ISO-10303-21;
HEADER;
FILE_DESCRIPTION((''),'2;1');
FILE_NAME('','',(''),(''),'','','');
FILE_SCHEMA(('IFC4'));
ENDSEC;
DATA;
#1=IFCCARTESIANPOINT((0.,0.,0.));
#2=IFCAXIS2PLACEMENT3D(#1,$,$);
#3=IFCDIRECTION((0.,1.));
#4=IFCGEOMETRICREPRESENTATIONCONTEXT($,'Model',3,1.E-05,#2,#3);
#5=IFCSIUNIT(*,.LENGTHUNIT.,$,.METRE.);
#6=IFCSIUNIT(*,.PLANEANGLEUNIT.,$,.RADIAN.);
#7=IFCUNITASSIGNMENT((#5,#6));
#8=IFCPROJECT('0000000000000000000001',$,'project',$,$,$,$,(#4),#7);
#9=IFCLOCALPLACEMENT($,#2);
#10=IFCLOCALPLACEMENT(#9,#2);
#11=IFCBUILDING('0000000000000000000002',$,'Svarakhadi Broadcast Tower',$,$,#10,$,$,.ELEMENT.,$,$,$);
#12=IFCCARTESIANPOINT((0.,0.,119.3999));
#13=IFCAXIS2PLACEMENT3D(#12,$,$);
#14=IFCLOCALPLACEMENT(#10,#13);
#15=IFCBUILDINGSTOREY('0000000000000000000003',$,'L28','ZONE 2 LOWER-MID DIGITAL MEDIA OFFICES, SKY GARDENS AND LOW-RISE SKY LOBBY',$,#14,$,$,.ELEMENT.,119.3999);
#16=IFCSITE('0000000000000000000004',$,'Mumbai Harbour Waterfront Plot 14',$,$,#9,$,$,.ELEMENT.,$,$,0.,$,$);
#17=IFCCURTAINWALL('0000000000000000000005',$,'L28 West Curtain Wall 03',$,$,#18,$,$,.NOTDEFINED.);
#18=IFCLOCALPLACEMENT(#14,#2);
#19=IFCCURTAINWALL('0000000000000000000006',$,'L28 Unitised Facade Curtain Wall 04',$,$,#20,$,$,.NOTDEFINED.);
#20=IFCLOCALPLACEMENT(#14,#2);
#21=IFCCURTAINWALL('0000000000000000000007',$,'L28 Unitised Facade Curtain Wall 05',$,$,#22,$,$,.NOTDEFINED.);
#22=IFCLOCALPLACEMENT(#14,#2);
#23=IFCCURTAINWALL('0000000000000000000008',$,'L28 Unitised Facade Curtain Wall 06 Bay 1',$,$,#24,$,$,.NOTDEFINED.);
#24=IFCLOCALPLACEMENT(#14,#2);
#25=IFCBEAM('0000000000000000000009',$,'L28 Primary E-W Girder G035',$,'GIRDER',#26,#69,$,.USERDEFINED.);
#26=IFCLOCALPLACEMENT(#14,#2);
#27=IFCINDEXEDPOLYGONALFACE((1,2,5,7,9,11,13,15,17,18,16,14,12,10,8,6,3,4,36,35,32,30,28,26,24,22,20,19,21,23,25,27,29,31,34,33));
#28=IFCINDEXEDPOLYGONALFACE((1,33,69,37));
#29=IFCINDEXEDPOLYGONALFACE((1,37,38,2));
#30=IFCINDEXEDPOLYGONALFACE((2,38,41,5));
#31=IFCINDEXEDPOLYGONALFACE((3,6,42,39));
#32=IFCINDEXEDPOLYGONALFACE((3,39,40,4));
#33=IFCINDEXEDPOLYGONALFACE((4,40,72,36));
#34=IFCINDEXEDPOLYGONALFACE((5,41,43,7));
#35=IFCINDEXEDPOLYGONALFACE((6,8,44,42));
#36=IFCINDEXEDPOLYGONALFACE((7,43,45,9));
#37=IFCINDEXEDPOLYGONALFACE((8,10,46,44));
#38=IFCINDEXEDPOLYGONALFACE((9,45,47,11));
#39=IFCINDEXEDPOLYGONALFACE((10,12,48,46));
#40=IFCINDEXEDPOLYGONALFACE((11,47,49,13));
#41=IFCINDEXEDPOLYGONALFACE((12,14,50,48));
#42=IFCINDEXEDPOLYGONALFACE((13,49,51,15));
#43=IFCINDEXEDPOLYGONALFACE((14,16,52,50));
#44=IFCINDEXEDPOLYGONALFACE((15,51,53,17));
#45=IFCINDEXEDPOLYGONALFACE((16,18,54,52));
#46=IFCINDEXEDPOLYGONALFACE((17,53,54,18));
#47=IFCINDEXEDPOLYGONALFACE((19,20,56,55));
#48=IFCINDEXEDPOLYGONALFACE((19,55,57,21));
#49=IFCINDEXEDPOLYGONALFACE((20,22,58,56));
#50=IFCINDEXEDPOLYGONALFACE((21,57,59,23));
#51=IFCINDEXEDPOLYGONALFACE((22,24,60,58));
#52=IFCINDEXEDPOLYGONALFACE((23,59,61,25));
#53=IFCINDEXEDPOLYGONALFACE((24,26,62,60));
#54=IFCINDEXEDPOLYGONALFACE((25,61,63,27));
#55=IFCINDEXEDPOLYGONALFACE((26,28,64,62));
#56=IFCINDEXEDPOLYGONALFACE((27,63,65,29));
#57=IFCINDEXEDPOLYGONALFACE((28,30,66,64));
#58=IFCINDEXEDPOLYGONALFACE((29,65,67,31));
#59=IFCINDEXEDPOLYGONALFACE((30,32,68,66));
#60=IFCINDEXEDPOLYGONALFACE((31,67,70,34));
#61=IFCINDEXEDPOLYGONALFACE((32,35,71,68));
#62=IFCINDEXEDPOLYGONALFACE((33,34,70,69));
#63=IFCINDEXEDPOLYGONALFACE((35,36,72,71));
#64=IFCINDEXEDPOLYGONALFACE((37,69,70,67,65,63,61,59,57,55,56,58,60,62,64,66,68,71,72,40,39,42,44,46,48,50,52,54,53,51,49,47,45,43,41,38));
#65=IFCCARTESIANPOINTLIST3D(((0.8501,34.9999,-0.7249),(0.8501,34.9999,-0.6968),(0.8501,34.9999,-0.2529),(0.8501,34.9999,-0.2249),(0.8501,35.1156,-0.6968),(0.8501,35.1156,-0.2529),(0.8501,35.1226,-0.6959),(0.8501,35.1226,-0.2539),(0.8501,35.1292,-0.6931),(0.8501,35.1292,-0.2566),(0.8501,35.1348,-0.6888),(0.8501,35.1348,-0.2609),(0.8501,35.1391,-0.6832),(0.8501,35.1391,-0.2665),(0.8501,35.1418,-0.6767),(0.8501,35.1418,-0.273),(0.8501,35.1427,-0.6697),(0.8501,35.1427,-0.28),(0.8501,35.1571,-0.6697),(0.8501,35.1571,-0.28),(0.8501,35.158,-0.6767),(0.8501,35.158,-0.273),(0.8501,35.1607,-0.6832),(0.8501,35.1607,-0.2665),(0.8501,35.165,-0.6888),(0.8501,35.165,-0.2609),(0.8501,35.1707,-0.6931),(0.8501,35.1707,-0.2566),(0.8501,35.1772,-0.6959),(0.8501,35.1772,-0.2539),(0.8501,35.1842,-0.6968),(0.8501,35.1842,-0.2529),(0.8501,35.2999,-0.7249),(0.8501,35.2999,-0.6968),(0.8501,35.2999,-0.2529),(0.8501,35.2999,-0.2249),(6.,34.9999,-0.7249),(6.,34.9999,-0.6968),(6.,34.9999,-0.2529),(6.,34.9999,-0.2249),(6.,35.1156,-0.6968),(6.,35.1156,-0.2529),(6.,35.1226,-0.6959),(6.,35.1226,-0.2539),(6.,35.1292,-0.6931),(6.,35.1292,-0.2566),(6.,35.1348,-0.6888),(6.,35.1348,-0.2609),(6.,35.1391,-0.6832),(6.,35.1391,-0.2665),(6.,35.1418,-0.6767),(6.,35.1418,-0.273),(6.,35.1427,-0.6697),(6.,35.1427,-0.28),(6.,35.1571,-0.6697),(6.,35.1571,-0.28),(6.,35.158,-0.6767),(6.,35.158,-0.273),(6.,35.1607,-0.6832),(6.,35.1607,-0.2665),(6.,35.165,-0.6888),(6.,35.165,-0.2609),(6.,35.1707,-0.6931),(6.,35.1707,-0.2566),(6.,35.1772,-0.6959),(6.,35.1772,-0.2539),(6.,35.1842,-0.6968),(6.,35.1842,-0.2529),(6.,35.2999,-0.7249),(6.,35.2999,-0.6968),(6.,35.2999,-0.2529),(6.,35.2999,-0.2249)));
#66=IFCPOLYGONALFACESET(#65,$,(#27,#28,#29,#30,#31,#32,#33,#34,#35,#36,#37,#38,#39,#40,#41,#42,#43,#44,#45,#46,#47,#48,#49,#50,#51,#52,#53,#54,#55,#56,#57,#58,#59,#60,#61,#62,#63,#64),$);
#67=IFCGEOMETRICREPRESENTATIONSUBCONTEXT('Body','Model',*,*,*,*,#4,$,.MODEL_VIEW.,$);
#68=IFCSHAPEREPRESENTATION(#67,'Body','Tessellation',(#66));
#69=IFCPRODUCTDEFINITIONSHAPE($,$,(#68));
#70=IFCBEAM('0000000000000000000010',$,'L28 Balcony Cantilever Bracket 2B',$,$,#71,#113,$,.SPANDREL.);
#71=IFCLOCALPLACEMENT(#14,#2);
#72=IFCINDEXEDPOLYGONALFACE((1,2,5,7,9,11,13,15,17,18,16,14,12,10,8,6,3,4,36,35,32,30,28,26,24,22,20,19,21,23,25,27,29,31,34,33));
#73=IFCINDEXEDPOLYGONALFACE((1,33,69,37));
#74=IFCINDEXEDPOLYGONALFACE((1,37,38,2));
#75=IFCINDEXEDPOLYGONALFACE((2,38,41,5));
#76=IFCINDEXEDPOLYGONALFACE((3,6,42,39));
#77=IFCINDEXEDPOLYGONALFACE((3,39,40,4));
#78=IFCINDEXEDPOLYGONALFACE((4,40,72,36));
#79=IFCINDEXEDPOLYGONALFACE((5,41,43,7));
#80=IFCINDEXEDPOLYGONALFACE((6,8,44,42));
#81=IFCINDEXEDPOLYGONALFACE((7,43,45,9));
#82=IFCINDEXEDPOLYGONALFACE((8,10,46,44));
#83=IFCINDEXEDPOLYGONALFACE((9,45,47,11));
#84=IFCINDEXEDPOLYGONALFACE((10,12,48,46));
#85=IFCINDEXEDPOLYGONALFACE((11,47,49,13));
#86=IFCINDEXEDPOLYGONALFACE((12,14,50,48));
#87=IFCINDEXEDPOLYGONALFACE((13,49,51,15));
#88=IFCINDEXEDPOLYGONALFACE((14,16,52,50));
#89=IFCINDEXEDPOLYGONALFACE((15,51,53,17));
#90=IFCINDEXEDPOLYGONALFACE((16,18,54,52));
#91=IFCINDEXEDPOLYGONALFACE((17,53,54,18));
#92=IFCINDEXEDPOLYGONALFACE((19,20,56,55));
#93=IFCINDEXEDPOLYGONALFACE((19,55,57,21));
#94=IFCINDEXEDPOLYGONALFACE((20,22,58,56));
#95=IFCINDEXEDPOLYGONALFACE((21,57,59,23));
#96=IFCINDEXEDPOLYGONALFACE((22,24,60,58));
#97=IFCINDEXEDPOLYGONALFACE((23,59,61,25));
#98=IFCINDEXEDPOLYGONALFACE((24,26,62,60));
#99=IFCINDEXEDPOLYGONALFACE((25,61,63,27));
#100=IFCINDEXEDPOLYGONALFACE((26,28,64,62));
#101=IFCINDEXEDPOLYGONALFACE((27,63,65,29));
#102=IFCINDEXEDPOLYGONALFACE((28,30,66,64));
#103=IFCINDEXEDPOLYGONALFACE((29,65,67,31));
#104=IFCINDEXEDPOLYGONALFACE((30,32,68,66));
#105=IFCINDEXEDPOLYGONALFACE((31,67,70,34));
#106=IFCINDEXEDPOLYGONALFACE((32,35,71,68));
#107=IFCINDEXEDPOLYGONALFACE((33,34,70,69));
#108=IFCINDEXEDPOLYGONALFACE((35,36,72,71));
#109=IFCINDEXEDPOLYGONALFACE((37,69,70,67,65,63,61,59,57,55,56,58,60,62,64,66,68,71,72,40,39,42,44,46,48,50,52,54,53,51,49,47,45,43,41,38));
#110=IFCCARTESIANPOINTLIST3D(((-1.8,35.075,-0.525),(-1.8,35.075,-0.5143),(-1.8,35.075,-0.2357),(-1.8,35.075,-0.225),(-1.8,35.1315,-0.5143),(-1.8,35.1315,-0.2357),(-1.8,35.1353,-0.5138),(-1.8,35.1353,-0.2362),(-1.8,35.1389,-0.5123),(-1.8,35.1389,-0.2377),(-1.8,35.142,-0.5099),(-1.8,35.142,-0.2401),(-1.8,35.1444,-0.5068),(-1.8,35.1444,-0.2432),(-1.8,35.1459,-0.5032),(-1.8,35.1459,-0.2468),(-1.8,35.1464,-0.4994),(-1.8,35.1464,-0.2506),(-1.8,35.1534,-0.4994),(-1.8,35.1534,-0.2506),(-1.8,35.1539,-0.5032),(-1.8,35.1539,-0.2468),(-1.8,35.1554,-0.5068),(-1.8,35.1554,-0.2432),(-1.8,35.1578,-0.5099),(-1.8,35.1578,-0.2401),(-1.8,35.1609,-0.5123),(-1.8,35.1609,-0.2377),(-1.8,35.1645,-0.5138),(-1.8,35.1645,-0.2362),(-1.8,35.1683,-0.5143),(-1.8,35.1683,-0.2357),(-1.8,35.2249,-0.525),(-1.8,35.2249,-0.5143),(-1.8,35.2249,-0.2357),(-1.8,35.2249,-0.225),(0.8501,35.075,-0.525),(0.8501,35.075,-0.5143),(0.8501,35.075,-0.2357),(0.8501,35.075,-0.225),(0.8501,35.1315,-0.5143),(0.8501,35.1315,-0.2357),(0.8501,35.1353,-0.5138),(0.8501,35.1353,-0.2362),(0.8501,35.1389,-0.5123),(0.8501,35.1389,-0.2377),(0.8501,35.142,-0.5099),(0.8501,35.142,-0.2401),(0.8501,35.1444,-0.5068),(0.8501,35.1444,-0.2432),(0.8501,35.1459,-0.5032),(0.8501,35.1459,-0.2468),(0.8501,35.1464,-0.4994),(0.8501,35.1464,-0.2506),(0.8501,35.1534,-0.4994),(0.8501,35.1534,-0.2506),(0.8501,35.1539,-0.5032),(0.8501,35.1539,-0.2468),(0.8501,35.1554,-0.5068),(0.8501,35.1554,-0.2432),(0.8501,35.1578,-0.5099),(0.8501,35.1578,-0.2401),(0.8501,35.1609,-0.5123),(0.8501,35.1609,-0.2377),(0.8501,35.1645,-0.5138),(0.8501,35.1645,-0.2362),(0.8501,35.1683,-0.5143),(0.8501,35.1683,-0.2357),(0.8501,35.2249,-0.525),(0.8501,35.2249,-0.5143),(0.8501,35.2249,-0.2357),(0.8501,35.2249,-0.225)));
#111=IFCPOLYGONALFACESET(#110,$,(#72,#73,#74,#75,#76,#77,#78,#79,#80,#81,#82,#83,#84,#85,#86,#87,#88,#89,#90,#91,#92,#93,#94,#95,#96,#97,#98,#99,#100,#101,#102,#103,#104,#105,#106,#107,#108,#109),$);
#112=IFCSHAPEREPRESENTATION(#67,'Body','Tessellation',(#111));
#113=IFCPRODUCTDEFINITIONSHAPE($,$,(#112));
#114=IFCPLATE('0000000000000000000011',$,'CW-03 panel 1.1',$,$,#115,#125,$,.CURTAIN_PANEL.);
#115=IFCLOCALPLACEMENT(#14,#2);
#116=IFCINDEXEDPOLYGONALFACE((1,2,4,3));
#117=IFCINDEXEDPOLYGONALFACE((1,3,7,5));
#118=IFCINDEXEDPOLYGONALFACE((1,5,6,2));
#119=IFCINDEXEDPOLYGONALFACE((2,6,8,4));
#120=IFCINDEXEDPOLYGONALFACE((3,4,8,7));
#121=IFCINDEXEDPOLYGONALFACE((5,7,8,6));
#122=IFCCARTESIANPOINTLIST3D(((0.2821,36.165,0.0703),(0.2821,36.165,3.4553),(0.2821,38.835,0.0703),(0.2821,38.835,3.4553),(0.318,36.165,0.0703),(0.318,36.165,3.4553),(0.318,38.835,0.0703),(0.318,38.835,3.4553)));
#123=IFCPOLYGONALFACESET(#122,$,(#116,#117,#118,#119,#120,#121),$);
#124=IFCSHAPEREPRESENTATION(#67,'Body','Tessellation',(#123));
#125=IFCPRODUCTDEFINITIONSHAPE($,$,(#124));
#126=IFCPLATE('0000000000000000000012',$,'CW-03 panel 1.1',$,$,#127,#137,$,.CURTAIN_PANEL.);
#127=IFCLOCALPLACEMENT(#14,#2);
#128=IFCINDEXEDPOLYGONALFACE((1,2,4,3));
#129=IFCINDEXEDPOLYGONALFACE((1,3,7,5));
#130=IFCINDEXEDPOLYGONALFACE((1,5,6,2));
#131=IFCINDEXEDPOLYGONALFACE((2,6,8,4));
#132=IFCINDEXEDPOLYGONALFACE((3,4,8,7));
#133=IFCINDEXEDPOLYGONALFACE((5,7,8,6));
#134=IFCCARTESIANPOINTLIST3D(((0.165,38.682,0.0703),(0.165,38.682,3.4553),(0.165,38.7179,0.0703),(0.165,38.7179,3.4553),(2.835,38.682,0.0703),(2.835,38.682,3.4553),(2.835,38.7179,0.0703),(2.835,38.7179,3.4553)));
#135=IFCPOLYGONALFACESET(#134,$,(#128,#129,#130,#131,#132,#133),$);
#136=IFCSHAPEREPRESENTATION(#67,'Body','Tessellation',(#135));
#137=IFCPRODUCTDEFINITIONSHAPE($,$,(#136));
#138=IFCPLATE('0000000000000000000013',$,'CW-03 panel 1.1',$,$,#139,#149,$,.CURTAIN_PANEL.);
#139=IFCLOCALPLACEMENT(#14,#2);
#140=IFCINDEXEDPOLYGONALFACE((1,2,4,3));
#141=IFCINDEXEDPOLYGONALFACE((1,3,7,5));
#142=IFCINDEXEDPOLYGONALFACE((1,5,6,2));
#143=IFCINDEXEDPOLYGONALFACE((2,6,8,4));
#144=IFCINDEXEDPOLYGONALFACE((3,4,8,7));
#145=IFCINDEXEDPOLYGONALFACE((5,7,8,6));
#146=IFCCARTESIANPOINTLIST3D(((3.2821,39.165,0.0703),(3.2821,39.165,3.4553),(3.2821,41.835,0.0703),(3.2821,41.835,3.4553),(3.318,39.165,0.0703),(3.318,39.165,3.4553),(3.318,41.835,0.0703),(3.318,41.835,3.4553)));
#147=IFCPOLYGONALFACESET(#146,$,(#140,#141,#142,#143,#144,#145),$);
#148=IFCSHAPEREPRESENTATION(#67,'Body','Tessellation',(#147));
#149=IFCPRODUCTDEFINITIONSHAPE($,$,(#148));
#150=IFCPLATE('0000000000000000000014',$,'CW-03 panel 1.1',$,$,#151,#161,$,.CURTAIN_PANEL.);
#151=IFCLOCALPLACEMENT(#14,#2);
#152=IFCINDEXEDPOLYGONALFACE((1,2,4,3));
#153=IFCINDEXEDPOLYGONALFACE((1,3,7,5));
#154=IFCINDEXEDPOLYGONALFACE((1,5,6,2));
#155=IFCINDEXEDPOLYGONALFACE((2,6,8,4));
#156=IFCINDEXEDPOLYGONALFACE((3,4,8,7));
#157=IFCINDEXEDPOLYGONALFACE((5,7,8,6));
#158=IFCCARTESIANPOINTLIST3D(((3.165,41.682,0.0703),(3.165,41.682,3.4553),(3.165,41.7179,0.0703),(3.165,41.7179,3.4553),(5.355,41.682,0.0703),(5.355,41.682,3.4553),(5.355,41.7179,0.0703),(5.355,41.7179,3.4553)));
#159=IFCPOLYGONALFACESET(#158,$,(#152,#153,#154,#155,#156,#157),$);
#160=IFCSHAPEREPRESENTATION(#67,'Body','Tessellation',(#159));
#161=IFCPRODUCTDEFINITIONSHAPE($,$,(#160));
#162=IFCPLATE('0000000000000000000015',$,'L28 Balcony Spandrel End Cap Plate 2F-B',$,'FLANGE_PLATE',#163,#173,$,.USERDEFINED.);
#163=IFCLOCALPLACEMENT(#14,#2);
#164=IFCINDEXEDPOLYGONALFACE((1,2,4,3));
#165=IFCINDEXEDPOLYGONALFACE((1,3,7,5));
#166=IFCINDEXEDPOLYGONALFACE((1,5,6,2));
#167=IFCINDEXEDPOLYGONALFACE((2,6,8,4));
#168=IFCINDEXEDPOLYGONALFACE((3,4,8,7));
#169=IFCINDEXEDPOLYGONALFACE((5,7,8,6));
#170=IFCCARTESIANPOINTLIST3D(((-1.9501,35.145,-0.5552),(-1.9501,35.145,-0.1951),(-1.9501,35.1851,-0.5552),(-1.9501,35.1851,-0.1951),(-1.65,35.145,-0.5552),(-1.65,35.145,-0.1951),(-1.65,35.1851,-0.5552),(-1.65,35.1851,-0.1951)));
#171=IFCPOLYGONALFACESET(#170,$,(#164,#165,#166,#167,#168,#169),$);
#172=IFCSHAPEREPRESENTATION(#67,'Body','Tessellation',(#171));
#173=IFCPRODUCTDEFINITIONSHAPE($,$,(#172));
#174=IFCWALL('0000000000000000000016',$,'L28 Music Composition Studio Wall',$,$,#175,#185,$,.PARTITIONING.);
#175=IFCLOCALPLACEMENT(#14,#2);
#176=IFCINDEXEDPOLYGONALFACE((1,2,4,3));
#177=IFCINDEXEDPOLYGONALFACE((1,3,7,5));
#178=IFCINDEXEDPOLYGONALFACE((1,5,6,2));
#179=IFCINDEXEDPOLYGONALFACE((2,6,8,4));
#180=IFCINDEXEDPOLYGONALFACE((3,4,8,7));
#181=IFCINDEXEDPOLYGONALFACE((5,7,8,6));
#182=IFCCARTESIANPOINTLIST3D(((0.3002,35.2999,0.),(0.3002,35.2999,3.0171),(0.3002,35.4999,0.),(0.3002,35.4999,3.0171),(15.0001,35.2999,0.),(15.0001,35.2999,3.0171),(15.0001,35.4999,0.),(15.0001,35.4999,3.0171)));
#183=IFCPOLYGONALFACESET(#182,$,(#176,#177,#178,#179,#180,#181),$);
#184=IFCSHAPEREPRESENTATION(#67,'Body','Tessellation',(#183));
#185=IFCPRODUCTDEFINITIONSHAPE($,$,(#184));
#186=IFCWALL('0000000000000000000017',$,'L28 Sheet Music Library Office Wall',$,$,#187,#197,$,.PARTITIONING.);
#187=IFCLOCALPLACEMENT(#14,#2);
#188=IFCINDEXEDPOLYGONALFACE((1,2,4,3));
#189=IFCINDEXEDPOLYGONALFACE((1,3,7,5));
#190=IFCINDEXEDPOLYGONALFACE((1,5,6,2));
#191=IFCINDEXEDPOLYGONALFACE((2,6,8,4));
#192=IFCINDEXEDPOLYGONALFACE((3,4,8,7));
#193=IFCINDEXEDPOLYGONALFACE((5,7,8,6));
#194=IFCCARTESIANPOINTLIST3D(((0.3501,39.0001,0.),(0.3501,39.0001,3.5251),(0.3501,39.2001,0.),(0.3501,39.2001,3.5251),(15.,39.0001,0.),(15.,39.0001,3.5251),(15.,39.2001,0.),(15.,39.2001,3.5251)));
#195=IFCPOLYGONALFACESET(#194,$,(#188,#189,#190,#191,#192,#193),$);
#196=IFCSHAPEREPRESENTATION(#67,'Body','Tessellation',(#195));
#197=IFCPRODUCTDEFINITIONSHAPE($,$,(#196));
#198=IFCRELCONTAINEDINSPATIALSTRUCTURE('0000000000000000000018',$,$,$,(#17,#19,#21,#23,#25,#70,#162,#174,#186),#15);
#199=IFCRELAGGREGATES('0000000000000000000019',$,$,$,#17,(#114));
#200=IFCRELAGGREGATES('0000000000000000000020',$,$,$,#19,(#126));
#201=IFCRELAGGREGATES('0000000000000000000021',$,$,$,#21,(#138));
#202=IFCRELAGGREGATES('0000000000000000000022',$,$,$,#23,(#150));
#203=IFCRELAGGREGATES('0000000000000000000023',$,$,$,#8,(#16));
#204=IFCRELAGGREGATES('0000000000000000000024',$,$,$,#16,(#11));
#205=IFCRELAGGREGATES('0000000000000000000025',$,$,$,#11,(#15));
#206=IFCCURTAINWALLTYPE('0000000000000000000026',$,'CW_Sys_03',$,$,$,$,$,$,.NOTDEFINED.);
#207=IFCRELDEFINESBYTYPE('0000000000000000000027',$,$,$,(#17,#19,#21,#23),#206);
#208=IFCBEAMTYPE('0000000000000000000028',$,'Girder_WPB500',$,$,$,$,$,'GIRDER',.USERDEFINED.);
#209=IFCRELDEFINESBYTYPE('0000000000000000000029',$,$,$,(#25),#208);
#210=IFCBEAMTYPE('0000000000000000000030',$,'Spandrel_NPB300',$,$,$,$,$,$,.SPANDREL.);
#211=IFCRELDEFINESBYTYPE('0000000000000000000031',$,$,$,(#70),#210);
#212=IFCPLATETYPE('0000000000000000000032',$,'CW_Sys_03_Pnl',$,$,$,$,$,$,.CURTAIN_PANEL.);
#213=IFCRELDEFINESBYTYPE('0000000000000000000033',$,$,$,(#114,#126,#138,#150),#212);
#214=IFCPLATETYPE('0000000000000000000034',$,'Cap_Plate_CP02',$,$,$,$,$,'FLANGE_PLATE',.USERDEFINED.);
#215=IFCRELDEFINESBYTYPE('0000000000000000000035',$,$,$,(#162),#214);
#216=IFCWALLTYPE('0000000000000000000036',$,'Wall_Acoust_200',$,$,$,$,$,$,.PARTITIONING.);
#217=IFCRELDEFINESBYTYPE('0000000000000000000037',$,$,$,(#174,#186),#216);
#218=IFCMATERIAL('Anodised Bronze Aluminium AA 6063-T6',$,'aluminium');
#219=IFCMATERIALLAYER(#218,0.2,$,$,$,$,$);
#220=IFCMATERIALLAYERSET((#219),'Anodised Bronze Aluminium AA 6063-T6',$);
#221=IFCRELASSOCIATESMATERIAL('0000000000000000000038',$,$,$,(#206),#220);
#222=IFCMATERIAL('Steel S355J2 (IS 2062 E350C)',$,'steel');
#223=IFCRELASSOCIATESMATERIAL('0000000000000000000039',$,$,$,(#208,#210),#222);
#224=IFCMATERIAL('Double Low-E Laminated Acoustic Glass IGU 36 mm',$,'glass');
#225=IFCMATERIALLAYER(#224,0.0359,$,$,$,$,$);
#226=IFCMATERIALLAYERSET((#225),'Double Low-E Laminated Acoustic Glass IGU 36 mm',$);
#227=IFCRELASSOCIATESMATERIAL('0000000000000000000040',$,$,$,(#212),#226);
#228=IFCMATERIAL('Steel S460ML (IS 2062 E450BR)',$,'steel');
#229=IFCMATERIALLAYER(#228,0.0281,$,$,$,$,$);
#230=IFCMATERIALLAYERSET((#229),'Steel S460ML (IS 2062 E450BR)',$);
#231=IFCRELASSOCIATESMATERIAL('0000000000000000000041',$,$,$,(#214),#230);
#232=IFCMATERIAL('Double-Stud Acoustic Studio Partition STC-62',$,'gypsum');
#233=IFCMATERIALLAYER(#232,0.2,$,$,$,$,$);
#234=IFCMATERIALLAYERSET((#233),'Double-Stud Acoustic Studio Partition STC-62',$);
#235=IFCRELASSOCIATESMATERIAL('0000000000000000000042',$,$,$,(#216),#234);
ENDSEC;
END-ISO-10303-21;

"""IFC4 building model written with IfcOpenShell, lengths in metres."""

from ifc_helpers import new_model, si_unit, direction, frame, frame_2d, origin, origin_2d, place, context, subcontext, project, spatial, rectangle, i_section, extrude, material, layer, layer_set, material_profile, profile_set, type_object, element, aggregate, save


model = new_model("IFC4")

# Units and contexts
model_context = context("Model", 3, precision=1e-05, world=origin(), true_north=direction((0.0, 1.0)))
body_context = subcontext(model_context, "Body", "Model", "MODEL_VIEW")
ifc_project = project(units=[si_unit("LENGTHUNIT", "METRE"), si_unit("PLANEANGLEUNIT", "RADIAN")], contexts=[model_context])

# Site, building, storey
site_placement = place(None, origin())
site = spatial("IfcSite", under=ifc_project, at=site_placement, Name="Mumbai Harbour Waterfront Plot 14", CompositionType="ELEMENT", RefElevation=0.0)
building_placement = place(site_placement, origin())
building = spatial("IfcBuilding", under=site, at=building_placement, Name="Svarakhadi Broadcast Tower", CompositionType="ELEMENT")
storey_placement = place(building_placement, frame((0.0, 0.0, 119.3999)))
storey = spatial("IfcBuildingStorey", under=building, at=storey_placement, Name="L28", Description="ZONE 2 LOWER-MID DIGITAL MEDIA OFFICES, SKY GARDENS AND LOW-RISE SKY LOBBY", CompositionType="ELEMENT", Elevation=119.3999)

# Shared definitions
ifc_material_1 = material(Name="Steel S355J2 (IS 2062 E350C)", Category="steel")

# Curtain walls
ifc_material_2 = material(Name="Anodised Bronze Aluminium AA 6063-T6", Category="aluminium")
ifc_layer_1 = layer(ifc_material_2, 0.2)
ifc_layer_set_1 = layer_set([ifc_layer_1], Name="Anodised Bronze Aluminium AA 6063-T6")
curtain_wall_type = type_object("IfcCurtainWallType", Name="CW_Sys_03", PredefinedType="NOTDEFINED", material=ifc_layer_set_1)
curtain_wall_1_placement = place(storey_placement, origin())
curtain_wall_1 = element("IfcCurtainWall", 1, at=curtain_wall_1_placement, inside=storey, type_object=curtain_wall_type, Name="L28 West Curtain Wall 03", PredefinedType="NOTDEFINED")
curtain_wall_2_placement = place(storey_placement, origin())
curtain_wall_2 = element("IfcCurtainWall", 2, at=curtain_wall_2_placement, inside=storey, type_object=curtain_wall_type, Name="L28 Unitised Facade Curtain Wall 04", PredefinedType="NOTDEFINED")
curtain_wall_3_placement = place(storey_placement, origin())
curtain_wall_3 = element("IfcCurtainWall", 3, at=curtain_wall_3_placement, inside=storey, type_object=curtain_wall_type, Name="L28 Unitised Facade Curtain Wall 05", PredefinedType="NOTDEFINED")
curtain_wall_4_placement = place(storey_placement, origin())
curtain_wall_4 = element("IfcCurtainWall", 4, at=curtain_wall_4_placement, inside=storey, type_object=curtain_wall_type, Name="L28 Unitised Facade Curtain Wall 06 Bay 1", PredefinedType="NOTDEFINED")

# Beams
ifc_material_profile_1 = material_profile(ifc_material_1, i_section(OverallWidth=0.3, OverallDepth=0.5, WebThickness=0.0144, FlangeThickness=0.0281, FilletRadius=0.0271, at=origin_2d()), Name="WPB 500x300x187")
ifc_profile_set_1 = profile_set([ifc_material_profile_1], Name="Steel S355J2 (IS 2062 E350C)")
beam_type_1 = type_object("IfcBeamType", Name="Girder_WPB500", ElementType="GIRDER", PredefinedType="USERDEFINED", material=ifc_profile_set_1)
beam_1_placement = place(storey_placement, frame((0.8501, 35.1499, -0.4749), z_axis=(1.0, 0.0, 0.0), x_axis=(0.0, 1.0, 0.0)))
element("IfcBeam", 5, at=beam_1_placement, inside=storey, type_object=beam_type_1, Name="L28 Primary E-W Girder G035", ObjectType="GIRDER", PredefinedType="USERDEFINED", context=body_context, shape_type="SweptSolid", body=[
    extrude(i_section(OverallWidth=0.3, OverallDepth=0.5, WebThickness=0.0144, FlangeThickness=0.0281, FilletRadius=0.0271, at=origin_2d()), origin(), (0.0, 0.0, 1.0), 5.1499),
])
ifc_material_profile_2 = material_profile(ifc_material_1, i_section(OverallWidth=0.1499, OverallDepth=0.3, WebThickness=0.0071, FlangeThickness=0.0107, FilletRadius=0.0149, at=origin_2d()), Name="NPB 300x150x37")
ifc_profile_set_2 = profile_set([ifc_material_profile_2], Name="Steel S355J2 (IS 2062 E350C)")
beam_type_2 = type_object("IfcBeamType", Name="Spandrel_NPB300", PredefinedType="SPANDREL", material=ifc_profile_set_2)
beam_2_placement = place(storey_placement, frame((0.8501, 35.1499, -0.375), z_axis=(-1.0, 0.0, 0.0), x_axis=(0.0, -1.0, 0.0)))
element("IfcBeam", 6, at=beam_2_placement, inside=storey, type_object=beam_type_2, Name="L28 Balcony Cantilever Bracket 2B", PredefinedType="SPANDREL", context=body_context, shape_type="SweptSolid", body=[
    extrude(i_section(OverallWidth=0.1499, OverallDepth=0.3, WebThickness=0.0071, FlangeThickness=0.0107, FilletRadius=0.0149, at=origin_2d()), origin(), (0.0, 0.0, 1.0), 2.6501),
])

# Plates
ifc_material_3 = material(Name="Double Low-E Laminated Acoustic Glass IGU 36 mm", Category="glass")
ifc_layer_2 = layer(ifc_material_3, 0.0359)
ifc_layer_set_2 = layer_set([ifc_layer_2], Name="Double Low-E Laminated Acoustic Glass IGU 36 mm")
plate_type_1 = type_object("IfcPlateType", Name="CW_Sys_03_Pnl", PredefinedType="CURTAIN_PANEL", material=ifc_layer_set_2)
plate_1_placement = place(storey_placement, frame((0.3, 37.5, 0.0703), z_axis=(0.0, 0.0, 1.0), x_axis=(0.0, 1.0, 0.0)))
plate_1 = element("IfcPlate", 7, at=plate_1_placement, type_object=plate_type_1, Name="CW-03 panel 1.1", PredefinedType="CURTAIN_PANEL", context=body_context, shape_type="SweptSolid", body=[
    extrude(rectangle(XDim=2.6699, YDim=0.0359, at=origin_2d()), origin(), (0.0, 0.0, 1.0), 3.385),
])
aggregate(curtain_wall_1, [plate_1])
plate_2_placement = place(storey_placement, frame((1.5, 38.7, 0.0703), z_axis=(0.0, 0.0, 1.0), x_axis=(1.0, 0.0, 0.0)))
plate_2 = element("IfcPlate", 8, at=plate_2_placement, type_object=plate_type_1, Name="CW-03 panel 1.1", PredefinedType="CURTAIN_PANEL", context=body_context, shape_type="SweptSolid", body=[
    extrude(rectangle(XDim=2.6699, YDim=0.0359, at=origin_2d()), origin(), (0.0, 0.0, 1.0), 3.385),
])
aggregate(curtain_wall_2, [plate_2])
plate_3_placement = place(storey_placement, frame((3.3, 40.5, 0.0703), z_axis=(0.0, 0.0, 1.0), x_axis=(0.0, 1.0, 0.0)))
plate_3 = element("IfcPlate", 9, at=plate_3_placement, type_object=plate_type_1, Name="CW-03 panel 1.1", PredefinedType="CURTAIN_PANEL", context=body_context, shape_type="SweptSolid", body=[
    extrude(rectangle(XDim=2.6699, YDim=0.0359, at=origin_2d()), origin(), (0.0, 0.0, 1.0), 3.385),
])
aggregate(curtain_wall_3, [plate_3])
plate_4_placement = place(storey_placement, frame((4.26, 41.7, 0.0703), z_axis=(0.0, 0.0, 1.0), x_axis=(1.0, 0.0, 0.0)))
plate_4 = element("IfcPlate", 10, at=plate_4_placement, type_object=plate_type_1, Name="CW-03 panel 1.1", PredefinedType="CURTAIN_PANEL", context=body_context, shape_type="SweptSolid", body=[
    extrude(rectangle(XDim=2.1899, YDim=0.0359, at=origin_2d()), origin(), (0.0, 0.0, 1.0), 3.385),
])
aggregate(curtain_wall_4, [plate_4])
ifc_material_4 = material(Name="Steel S460ML (IS 2062 E450BR)", Category="steel")
ifc_layer_3 = layer(ifc_material_4, 0.0281)
ifc_layer_set_3 = layer_set([ifc_layer_3], Name="Steel S460ML (IS 2062 E450BR)")
plate_type_2 = type_object("IfcPlateType", Name="Cap_Plate_CP02", ElementType="FLANGE_PLATE", PredefinedType="USERDEFINED", material=ifc_layer_set_3)
plate_5_placement = place(storey_placement, frame((-1.8, 35.165, -0.5552), z_axis=(0.0, 0.0, 1.0), x_axis=(1.0, 0.0, 0.0)))
element("IfcPlate", 11, at=plate_5_placement, inside=storey, type_object=plate_type_2, Name="L28 Balcony Spandrel End Cap Plate 2F-B", ObjectType="FLANGE_PLATE", PredefinedType="USERDEFINED", context=body_context, shape_type="SweptSolid", body=[
    extrude(rectangle(XDim=0.3, YDim=0.04, at=origin_2d()), origin(), (0.0, 0.0, 1.0), 0.3601),
])

# Walls
ifc_material_5 = material(Name="Double-Stud Acoustic Studio Partition STC-62", Category="gypsum")
ifc_layer_4 = layer(ifc_material_5, 0.2)
ifc_layer_set_4 = layer_set([ifc_layer_4], Name="Double-Stud Acoustic Studio Partition STC-62")
wall_type_1 = type_object("IfcWallType", Name="Wall_Acoust_200", PredefinedType="PARTITIONING", material=ifc_layer_set_4)
wall_1_placement = place(storey_placement, frame((0.3, 35.3999, 0.0), z_axis=(0.0, 0.0, 1.0), x_axis=(1.0, 0.0, 0.0)))
element("IfcWall", 12, at=wall_1_placement, inside=storey, type_object=wall_type_1, Name="L28 Music Composition Studio Wall", PredefinedType="PARTITIONING", context=body_context, shape_type="SweptSolid", body=[
    extrude(rectangle(XDim=14.7, YDim=0.2, at=frame_2d((7.3501, 0.0))), origin(), (0.0, 0.0, 1.0), 3.0171),
])
wall_2_placement = place(storey_placement, frame((0.3501, 39.1001, 0.0), z_axis=(0.0, 0.0, 1.0), x_axis=(1.0, 0.0, 0.0)))
element("IfcWall", 13, at=wall_2_placement, inside=storey, type_object=wall_type_1, Name="L28 Sheet Music Library Office Wall", PredefinedType="PARTITIONING", context=body_context, shape_type="SweptSolid", body=[
    extrude(rectangle(XDim=14.6499, YDim=0.2, at=frame_2d((7.325, 0.0))), origin(), (0.0, 0.0, 1.0), 3.5251),
])

save(model, "model.ifc")
